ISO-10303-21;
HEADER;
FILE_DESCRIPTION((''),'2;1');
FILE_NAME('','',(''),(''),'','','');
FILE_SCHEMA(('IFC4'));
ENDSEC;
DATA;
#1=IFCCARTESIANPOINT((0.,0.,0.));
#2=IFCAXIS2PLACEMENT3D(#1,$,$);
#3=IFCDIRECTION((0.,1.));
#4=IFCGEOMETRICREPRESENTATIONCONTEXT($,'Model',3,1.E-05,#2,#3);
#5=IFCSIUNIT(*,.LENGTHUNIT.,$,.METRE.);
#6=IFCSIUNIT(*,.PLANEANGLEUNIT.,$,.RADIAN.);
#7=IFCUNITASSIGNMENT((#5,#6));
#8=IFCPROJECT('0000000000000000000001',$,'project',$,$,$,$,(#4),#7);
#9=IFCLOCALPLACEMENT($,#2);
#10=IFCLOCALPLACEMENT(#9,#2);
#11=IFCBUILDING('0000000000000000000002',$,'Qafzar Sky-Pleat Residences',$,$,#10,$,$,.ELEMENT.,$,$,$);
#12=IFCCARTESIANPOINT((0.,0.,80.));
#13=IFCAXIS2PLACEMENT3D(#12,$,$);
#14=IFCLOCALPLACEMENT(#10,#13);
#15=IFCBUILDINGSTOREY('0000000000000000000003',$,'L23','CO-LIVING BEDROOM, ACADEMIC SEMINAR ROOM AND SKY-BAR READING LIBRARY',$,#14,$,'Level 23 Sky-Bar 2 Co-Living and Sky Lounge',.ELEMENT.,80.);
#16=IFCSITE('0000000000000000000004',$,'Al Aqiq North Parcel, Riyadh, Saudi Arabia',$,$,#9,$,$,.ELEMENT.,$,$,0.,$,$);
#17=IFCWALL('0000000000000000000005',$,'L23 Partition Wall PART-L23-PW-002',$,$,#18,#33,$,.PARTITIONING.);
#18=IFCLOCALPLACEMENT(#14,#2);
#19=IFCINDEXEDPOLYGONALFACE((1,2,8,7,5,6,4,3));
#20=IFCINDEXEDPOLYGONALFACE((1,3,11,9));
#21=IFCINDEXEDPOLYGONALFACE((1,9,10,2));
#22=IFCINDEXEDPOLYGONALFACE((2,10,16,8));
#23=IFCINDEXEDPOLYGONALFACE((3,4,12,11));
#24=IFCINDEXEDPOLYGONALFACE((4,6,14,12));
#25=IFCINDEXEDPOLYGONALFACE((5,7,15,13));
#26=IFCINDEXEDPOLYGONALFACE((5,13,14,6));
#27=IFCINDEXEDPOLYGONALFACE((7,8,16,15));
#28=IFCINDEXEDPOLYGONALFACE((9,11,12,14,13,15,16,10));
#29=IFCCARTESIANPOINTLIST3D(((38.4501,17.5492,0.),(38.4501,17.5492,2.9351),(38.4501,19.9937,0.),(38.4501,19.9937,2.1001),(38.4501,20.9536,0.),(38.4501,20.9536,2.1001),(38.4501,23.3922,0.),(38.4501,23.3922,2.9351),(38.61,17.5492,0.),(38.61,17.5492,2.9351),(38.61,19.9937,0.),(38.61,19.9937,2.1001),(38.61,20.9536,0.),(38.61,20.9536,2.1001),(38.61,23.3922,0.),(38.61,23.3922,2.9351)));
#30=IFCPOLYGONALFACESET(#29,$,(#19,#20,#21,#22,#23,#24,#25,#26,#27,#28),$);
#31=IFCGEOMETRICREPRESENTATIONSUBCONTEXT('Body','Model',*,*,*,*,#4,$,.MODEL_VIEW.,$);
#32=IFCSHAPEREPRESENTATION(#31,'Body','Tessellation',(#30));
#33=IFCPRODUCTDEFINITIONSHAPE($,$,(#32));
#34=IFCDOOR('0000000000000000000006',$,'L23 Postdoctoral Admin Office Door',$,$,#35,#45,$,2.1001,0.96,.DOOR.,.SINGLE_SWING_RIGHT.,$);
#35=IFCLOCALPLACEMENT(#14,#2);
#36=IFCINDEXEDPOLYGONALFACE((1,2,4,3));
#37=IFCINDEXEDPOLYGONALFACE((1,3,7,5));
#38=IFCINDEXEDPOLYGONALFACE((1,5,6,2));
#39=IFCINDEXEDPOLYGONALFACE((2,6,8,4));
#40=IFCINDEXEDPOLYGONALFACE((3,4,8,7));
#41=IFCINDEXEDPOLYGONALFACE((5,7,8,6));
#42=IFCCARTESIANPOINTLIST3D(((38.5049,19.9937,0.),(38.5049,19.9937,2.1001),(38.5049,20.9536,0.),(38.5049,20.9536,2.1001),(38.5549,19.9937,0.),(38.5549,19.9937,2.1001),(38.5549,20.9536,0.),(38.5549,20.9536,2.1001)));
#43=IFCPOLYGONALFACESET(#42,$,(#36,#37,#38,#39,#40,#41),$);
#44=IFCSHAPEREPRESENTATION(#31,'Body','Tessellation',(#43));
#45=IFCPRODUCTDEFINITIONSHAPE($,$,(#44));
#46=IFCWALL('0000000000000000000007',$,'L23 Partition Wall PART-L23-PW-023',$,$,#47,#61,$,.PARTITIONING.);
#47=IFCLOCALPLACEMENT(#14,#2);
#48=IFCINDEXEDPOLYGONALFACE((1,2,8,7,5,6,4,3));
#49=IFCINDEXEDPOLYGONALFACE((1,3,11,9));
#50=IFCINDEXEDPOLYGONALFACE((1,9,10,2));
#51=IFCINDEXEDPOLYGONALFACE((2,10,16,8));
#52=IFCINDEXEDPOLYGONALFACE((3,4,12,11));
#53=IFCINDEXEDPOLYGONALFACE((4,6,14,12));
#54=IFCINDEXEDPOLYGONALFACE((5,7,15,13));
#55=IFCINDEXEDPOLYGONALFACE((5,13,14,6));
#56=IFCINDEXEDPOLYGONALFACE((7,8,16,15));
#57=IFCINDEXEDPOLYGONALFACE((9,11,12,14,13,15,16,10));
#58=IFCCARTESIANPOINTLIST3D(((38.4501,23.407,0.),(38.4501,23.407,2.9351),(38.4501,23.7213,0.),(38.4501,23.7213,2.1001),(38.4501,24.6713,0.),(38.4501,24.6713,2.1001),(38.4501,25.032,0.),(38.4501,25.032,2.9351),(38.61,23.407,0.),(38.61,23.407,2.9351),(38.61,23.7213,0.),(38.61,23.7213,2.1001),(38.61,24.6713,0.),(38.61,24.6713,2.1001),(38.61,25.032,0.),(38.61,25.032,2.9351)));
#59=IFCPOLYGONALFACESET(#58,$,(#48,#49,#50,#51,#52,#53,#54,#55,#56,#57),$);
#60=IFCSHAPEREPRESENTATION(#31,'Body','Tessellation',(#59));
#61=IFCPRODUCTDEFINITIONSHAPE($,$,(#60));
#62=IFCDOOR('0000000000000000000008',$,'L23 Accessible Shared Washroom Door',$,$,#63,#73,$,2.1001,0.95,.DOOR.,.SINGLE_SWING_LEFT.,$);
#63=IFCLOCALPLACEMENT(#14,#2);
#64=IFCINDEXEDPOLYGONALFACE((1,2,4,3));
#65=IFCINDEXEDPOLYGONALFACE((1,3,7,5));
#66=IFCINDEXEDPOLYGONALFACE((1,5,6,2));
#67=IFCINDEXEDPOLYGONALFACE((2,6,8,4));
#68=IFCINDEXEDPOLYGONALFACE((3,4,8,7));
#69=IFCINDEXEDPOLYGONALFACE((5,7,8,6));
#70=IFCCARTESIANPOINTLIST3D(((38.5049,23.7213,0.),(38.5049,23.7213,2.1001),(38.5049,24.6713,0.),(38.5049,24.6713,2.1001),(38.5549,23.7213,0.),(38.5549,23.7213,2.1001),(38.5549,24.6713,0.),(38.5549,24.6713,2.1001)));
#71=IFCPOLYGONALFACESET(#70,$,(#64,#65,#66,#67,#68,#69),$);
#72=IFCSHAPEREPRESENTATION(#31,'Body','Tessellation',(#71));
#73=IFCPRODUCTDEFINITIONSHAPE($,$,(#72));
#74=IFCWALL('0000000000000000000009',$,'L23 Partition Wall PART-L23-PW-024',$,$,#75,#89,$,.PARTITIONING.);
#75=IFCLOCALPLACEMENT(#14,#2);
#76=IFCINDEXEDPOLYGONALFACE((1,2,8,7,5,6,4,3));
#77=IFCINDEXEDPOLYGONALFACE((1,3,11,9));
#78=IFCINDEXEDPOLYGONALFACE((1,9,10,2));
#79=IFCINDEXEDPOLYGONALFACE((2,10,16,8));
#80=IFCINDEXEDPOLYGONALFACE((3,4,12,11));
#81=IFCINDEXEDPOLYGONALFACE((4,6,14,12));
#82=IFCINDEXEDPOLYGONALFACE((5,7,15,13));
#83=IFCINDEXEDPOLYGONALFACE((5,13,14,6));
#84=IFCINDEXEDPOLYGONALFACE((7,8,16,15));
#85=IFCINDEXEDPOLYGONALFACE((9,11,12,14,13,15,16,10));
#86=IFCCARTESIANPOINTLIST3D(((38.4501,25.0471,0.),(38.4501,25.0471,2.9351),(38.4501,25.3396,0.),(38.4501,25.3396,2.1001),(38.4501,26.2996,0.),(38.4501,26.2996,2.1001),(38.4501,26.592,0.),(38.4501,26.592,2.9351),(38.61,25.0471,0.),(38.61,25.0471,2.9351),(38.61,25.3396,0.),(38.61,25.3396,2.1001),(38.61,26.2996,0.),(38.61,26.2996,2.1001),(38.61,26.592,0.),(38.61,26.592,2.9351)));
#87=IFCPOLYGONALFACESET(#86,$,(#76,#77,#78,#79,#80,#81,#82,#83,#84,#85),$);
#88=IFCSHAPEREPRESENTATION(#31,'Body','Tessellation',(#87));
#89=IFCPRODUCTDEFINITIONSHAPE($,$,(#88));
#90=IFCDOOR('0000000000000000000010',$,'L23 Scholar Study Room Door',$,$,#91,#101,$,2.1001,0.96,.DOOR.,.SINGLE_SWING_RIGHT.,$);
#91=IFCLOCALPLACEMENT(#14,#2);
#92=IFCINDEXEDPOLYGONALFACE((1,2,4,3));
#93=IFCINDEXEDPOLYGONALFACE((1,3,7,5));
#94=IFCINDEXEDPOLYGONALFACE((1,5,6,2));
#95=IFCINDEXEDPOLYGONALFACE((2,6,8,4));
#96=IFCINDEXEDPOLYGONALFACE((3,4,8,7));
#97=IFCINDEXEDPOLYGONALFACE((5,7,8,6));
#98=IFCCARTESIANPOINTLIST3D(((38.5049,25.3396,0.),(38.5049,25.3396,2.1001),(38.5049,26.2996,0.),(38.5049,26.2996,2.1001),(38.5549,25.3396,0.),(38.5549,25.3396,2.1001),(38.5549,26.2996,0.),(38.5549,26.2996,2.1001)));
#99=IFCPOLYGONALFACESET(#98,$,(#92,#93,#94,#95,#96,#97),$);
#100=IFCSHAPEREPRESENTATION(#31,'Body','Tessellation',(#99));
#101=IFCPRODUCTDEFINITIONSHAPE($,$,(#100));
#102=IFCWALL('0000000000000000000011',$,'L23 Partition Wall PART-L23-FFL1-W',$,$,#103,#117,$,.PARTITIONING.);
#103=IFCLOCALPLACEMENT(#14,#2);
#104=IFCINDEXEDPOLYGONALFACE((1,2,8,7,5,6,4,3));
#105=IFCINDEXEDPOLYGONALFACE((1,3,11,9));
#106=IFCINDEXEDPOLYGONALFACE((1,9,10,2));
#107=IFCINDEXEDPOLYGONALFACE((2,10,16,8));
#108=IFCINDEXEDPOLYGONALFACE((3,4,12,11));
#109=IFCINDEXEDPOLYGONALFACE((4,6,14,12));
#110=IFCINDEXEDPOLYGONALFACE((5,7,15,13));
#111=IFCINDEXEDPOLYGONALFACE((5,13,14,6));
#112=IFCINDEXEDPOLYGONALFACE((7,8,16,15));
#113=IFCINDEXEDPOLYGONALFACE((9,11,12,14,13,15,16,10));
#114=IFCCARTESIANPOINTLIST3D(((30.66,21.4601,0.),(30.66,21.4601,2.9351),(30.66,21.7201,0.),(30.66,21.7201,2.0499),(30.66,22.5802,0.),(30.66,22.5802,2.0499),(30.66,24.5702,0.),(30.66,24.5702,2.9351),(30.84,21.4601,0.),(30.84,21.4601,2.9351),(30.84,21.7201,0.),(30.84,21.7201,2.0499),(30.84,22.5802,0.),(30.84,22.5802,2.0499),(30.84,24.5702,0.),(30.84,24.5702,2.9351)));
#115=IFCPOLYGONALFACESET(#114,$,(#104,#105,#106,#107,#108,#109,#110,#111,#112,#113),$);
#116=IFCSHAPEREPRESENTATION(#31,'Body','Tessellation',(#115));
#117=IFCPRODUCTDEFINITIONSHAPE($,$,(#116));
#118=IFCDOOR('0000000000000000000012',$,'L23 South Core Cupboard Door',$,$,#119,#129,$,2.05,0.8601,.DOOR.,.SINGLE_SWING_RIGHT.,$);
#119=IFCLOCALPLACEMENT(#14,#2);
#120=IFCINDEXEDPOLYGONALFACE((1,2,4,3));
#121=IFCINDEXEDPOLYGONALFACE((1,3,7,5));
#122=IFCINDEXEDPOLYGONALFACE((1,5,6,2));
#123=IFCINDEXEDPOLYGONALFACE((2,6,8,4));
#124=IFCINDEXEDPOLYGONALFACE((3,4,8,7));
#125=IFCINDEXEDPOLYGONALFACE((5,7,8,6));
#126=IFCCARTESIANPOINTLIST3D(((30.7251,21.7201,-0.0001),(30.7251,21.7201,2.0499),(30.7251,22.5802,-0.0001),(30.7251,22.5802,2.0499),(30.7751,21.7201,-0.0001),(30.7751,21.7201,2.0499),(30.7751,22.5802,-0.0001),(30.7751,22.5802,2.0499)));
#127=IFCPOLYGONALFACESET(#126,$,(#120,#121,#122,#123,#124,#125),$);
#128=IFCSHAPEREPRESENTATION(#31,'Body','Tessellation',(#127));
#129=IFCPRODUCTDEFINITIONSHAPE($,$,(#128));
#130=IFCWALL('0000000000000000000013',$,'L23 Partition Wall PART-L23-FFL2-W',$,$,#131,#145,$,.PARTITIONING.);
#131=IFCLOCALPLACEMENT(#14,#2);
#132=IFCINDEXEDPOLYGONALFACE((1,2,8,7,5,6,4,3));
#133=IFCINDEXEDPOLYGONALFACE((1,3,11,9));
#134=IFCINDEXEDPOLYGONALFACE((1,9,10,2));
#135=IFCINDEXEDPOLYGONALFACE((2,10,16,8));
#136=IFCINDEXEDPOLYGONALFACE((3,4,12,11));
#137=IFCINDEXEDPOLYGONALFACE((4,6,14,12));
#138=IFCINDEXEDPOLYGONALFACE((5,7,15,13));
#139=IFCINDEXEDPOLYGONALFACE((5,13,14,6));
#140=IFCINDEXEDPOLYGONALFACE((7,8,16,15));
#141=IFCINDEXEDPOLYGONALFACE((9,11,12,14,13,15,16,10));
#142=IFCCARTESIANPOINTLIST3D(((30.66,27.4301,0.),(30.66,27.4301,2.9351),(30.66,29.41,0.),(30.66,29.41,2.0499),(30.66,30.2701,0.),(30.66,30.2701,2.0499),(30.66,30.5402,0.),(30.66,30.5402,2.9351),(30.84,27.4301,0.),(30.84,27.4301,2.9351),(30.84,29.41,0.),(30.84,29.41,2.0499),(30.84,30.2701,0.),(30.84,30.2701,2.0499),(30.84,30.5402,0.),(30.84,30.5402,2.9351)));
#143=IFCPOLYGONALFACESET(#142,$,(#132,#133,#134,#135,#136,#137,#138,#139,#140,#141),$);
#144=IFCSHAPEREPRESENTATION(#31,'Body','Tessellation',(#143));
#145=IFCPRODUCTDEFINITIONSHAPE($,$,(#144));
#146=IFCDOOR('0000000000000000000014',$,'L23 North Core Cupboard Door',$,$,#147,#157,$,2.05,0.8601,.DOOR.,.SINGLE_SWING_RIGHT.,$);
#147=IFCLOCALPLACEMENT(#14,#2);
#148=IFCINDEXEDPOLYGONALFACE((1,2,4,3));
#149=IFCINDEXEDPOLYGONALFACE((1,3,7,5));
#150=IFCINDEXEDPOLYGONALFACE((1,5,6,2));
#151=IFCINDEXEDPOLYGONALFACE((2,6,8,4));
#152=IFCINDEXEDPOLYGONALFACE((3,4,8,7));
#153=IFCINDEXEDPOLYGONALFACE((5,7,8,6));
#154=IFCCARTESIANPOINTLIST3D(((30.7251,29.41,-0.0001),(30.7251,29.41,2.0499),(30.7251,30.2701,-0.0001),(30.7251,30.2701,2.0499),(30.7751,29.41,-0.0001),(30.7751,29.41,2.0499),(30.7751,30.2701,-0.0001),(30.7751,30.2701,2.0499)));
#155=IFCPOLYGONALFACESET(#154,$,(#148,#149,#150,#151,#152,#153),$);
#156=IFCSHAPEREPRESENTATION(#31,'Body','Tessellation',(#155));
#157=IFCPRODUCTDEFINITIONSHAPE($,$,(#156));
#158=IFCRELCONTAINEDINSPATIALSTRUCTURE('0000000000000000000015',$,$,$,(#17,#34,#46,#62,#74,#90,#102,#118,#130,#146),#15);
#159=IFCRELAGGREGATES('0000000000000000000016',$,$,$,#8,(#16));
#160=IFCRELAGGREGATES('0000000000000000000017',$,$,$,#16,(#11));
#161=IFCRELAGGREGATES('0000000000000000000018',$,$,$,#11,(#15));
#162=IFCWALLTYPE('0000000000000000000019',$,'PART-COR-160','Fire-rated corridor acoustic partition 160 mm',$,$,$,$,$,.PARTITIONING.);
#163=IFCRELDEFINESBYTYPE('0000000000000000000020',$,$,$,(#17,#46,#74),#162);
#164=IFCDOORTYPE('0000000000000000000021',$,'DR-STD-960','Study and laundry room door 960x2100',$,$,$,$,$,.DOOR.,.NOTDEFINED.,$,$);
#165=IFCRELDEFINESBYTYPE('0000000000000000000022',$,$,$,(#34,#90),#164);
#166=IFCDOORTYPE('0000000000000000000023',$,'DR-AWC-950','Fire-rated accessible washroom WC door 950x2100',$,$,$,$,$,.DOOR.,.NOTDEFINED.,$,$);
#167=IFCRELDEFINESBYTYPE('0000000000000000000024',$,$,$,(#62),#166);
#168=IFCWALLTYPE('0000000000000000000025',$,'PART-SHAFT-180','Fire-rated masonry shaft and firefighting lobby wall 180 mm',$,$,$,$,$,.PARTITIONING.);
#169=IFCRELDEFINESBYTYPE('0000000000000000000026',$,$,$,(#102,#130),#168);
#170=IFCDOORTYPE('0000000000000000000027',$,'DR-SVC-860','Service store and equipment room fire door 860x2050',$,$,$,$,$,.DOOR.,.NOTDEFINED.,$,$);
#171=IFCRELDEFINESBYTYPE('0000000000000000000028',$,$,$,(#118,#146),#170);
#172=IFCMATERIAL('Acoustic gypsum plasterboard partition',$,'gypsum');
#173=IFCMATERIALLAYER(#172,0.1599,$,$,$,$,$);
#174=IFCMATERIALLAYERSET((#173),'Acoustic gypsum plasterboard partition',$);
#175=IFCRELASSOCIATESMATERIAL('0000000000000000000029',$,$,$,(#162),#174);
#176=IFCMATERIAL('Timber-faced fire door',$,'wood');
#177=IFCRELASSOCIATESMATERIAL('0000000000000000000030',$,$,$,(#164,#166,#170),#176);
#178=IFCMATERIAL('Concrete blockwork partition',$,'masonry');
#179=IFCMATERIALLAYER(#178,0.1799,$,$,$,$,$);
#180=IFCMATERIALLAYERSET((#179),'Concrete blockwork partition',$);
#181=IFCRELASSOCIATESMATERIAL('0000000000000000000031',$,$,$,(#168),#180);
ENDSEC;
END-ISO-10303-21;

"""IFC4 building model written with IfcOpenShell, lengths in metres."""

from ifc_helpers import new_model, si_unit, direction, frame, frame_2d, origin, place, context, subcontext, project, spatial, rectangle, extrude, source, transform, mapped, material, layer, layer_set, type_object, element, fill, save


model = new_model("IFC4")

# Units and contexts
model_context = context("Model", 3, precision=1e-05, world=origin(), true_north=direction((0.0, 1.0)))
body_context = subcontext(model_context, "Body", "Model", "MODEL_VIEW")
ifc_project = project(units=[si_unit("LENGTHUNIT", "METRE"), si_unit("PLANEANGLEUNIT", "RADIAN")], contexts=[model_context])

# Site, building, storey
site_placement = place(None, origin())
site = spatial("IfcSite", under=ifc_project, at=site_placement, Name="Al Aqiq North Parcel, Riyadh, Saudi Arabia", CompositionType="ELEMENT", RefElevation=0.0)
building_placement = place(site_placement, origin())
building = spatial("IfcBuilding", under=site, at=building_placement, Name="Qafzar Sky-Pleat Residences", CompositionType="ELEMENT")
storey_placement = place(building_placement, frame((0.0, 0.0, 80.0)))
storey = spatial("IfcBuildingStorey", under=building, at=storey_placement, Name="L23", Description="CO-LIVING BEDROOM, ACADEMIC SEMINAR ROOM AND SKY-BAR READING LIBRARY", LongName="Level 23 Sky-Bar 2 Co-Living and Sky Lounge", CompositionType="ELEMENT", Elevation=80.0)

# Walls, openings, doors
ifc_material_1 = material(Name="Acoustic gypsum plasterboard partition", Category="gypsum")
ifc_layer_1 = layer(ifc_material_1, 0.1599)
ifc_layer_set_1 = layer_set([ifc_layer_1], Name="Acoustic gypsum plasterboard partition")
wall_type_1 = type_object("IfcWallType", Name="PART-COR-160", Description="Fire-rated corridor acoustic partition 160 mm", PredefinedType="PARTITIONING", material=ifc_layer_set_1)
wall_1_placement = place(storey_placement, frame((38.53, 23.3921, 0.0), z_axis=(0.0, 0.0, 1.0), x_axis=(0.0, -1.0, 0.0)))
wall_1 = element("IfcWall", 1, at=wall_1_placement, inside=storey, type_object=wall_type_1, Name="L23 Partition Wall PART-L23-PW-002", PredefinedType="PARTITIONING", context=body_context, shape_type="SweptSolid", body=[
    extrude(rectangle(XDim=5.843, YDim=0.1599, at=frame_2d((2.9214, 0.0))), origin(), (0.0, 0.0, 1.0), 2.9351),
])
opening_1_placement = place(wall_1_placement, frame((2.4385, 0.0, 0.0)))
opening_1 = element("IfcOpeningElement", 2, at=opening_1_placement, cuts=wall_1, PredefinedType="OPENING", context=body_context, shape_type="SweptSolid", body=[
    extrude(rectangle(XDim=0.96, YDim=2.1001, at=frame_2d((0.48, 1.05))), frame((0.0, 0.0898, 0.0), z_axis=(0.0, -1.0, 0.0), x_axis=(1.0, 0.0, 0.0)), (0.0, 0.0, 1.0), 0.1799),
])
ifc_material_2 = material(Name="Timber-faced fire door", Category="wood")
door_type_1 = type_object("IfcDoorType", Name="DR-STD-960", Description="Study and laundry room door 960x2100", OperationType="NOTDEFINED", PredefinedType="DOOR", material=ifc_material_2)
shared_shape_1 = source(origin(), body_context, "Body", "SweptSolid", [
    extrude(rectangle(XDim=0.96, YDim=2.1001, at=frame_2d((0.48, 1.05))), frame((0.0, 0.0249, 0.0), z_axis=(0.0, -1.0, 0.0), x_axis=(1.0, 0.0, 0.0)), (0.0, 0.0, 1.0), 0.05),
])
door_1_placement = place(opening_1_placement, origin())
door_1 = element("IfcDoor", 3, at=door_1_placement, inside=storey, type_object=door_type_1, Name="L23 Postdoctoral Admin Office Door", OperationType="SINGLE_SWING_RIGHT", OverallHeight=2.1001, OverallWidth=0.96, PredefinedType="DOOR", context=body_context, shape_type="MappedRepresentation", body=[
    mapped(shared_shape_1, transform((0.0, 0.0, 0.0), x_axis=(1.0, 0.0, 0.0), y_axis=(0.0, 1.0, 0.0), z_axis=(0.0, 0.0, 1.0), scale=1.0)),
])
fill(opening_1, door_1)
wall_2_placement = place(storey_placement, frame((38.53, 25.032, 0.0), z_axis=(0.0, 0.0, 1.0), x_axis=(0.0, -1.0, 0.0)))
wall_2 = element("IfcWall", 4, at=wall_2_placement, inside=storey, type_object=wall_type_1, Name="L23 Partition Wall PART-L23-PW-023", PredefinedType="PARTITIONING", context=body_context, shape_type="SweptSolid", body=[
    extrude(rectangle(XDim=1.625, YDim=0.1599, at=frame_2d((0.8125, 0.0))), origin(), (0.0, 0.0, 1.0), 2.9351),
])
opening_2_placement = place(wall_2_placement, frame((0.3606, 0.0, 0.0)))
opening_2 = element("IfcOpeningElement", 5, at=opening_2_placement, cuts=wall_2, PredefinedType="OPENING", context=body_context, shape_type="SweptSolid", body=[
    extrude(rectangle(XDim=0.95, YDim=2.1001, at=frame_2d((0.4751, 1.05))), frame((0.0, 0.0898, 0.0), z_axis=(0.0, -1.0, 0.0), x_axis=(1.0, 0.0, 0.0)), (0.0, 0.0, 1.0), 0.1799),
])
door_type_2 = type_object("IfcDoorType", Name="DR-AWC-950", Description="Fire-rated accessible washroom WC door 950x2100", OperationType="NOTDEFINED", PredefinedType="DOOR", material=ifc_material_2)
shared_shape_2 = source(origin(), body_context, "Body", "SweptSolid", [
    extrude(rectangle(XDim=0.95, YDim=2.1001, at=frame_2d((0.4751, 1.05))), frame((0.0, 0.0249, 0.0), z_axis=(0.0, -1.0, 0.0), x_axis=(1.0, 0.0, 0.0)), (0.0, 0.0, 1.0), 0.05),
])
door_2_placement = place(opening_2_placement, origin())
door_2 = element("IfcDoor", 6, at=door_2_placement, inside=storey, type_object=door_type_2, Name="L23 Accessible Shared Washroom Door", OperationType="SINGLE_SWING_LEFT", OverallHeight=2.1001, OverallWidth=0.95, PredefinedType="DOOR", context=body_context, shape_type="MappedRepresentation", body=[
    mapped(shared_shape_2, transform((0.0, 0.0, 0.0), x_axis=(1.0, 0.0, 0.0), y_axis=(0.0, 1.0, 0.0), z_axis=(0.0, 0.0, 1.0), scale=1.0)),
])
fill(opening_2, door_2)
wall_3_placement = place(storey_placement, frame((38.53, 26.592, 0.0), z_axis=(0.0, 0.0, 1.0), x_axis=(0.0, -1.0, 0.0)))
wall_3 = element("IfcWall", 7, at=wall_3_placement, inside=storey, type_object=wall_type_1, Name="L23 Partition Wall PART-L23-PW-024", PredefinedType="PARTITIONING", context=body_context, shape_type="SweptSolid", body=[
    extrude(rectangle(XDim=1.5449, YDim=0.1599, at=frame_2d((0.7725, 0.0))), origin(), (0.0, 0.0, 1.0), 2.9351),
])
opening_3_placement = place(wall_3_placement, frame((0.2925, 0.0, 0.0)))
opening_3 = element("IfcOpeningElement", 8, at=opening_3_placement, cuts=wall_3, PredefinedType="OPENING", context=body_context, shape_type="SweptSolid", body=[
    extrude(rectangle(XDim=0.96, YDim=2.1001, at=frame_2d((0.48, 1.05))), frame((0.0, 0.0898, 0.0), z_axis=(0.0, -1.0, 0.0), x_axis=(1.0, 0.0, 0.0)), (0.0, 0.0, 1.0), 0.1799),
])
door_3_placement = place(opening_3_placement, origin())
door_3 = element("IfcDoor", 9, at=door_3_placement, inside=storey, type_object=door_type_1, Name="L23 Scholar Study Room Door", OperationType="SINGLE_SWING_RIGHT", OverallHeight=2.1001, OverallWidth=0.96, PredefinedType="DOOR", context=body_context, shape_type="MappedRepresentation", body=[
    mapped(shared_shape_1, transform((0.0, 0.0, 0.0), x_axis=(1.0, 0.0, 0.0), y_axis=(0.0, 1.0, 0.0), z_axis=(0.0, 0.0, 1.0), scale=1.0)),
])
fill(opening_3, door_3)
ifc_material_3 = material(Name="Concrete blockwork partition", Category="masonry")
ifc_layer_2 = layer(ifc_material_3, 0.1799)
ifc_layer_set_2 = layer_set([ifc_layer_2], Name="Concrete blockwork partition")
wall_type_2 = type_object("IfcWallType", Name="PART-SHAFT-180", Description="Fire-rated masonry shaft and firefighting lobby wall 180 mm", PredefinedType="PARTITIONING", material=ifc_layer_set_2)
wall_4_placement = place(storey_placement, frame((30.75, 21.46, 0.0), z_axis=(0.0, 0.0, 1.0), x_axis=(0.0, 1.0, 0.0)))
wall_4 = element("IfcWall", 10, at=wall_4_placement, inside=storey, type_object=wall_type_2, Name="L23 Partition Wall PART-L23-FFL1-W", PredefinedType="PARTITIONING", context=body_context, shape_type="SweptSolid", body=[
    extrude(rectangle(XDim=3.1101, YDim=0.1799, at=frame_2d((1.5552, 0.0))), origin(), (0.0, 0.0, 1.0), 2.9351),
])
opening_4_placement = place(wall_4_placement, frame((0.26, 0.0, 0.0)))
opening_4 = element("IfcOpeningElement", 11, at=opening_4_placement, cuts=wall_4, PredefinedType="OPENING", context=body_context, shape_type="SweptSolid", body=[
    extrude(rectangle(XDim=0.8601, YDim=2.05, at=frame_2d((0.4302, 1.0249))), frame((0.0, 0.1001, 0.0), z_axis=(0.0, -1.0, 0.0), x_axis=(1.0, 0.0, 0.0)), (0.0, 0.0, 1.0), 0.2),
])
door_type_3 = type_object("IfcDoorType", Name="DR-SVC-860", Description="Service store and equipment room fire door 860x2050", OperationType="NOTDEFINED", PredefinedType="DOOR", material=ifc_material_2)
shared_shape_3 = source(origin(), body_context, "Body", "SweptSolid", [
    extrude(rectangle(XDim=0.8601, YDim=2.05, at=frame_2d((0.4302, 1.0249))), frame((0.0, 0.0249, 0.0), z_axis=(0.0, -1.0, 0.0), x_axis=(1.0, 0.0, 0.0)), (0.0, 0.0, 1.0), 0.05),
])
door_4_placement = place(opening_4_placement, origin())
door_4 = element("IfcDoor", 12, at=door_4_placement, inside=storey, type_object=door_type_3, Name="L23 South Core Cupboard Door", OperationType="SINGLE_SWING_RIGHT", OverallHeight=2.05, OverallWidth=0.8601, PredefinedType="DOOR", context=body_context, shape_type="MappedRepresentation", body=[
    mapped(shared_shape_3, transform((0.0, 0.0, 0.0), x_axis=(1.0, 0.0, 0.0), y_axis=(0.0, 1.0, 0.0), z_axis=(0.0, 0.0, 1.0), scale=1.0)),
])
fill(opening_4, door_4)
wall_5_placement = place(storey_placement, frame((30.75, 27.4299, 0.0), z_axis=(0.0, 0.0, 1.0), x_axis=(0.0, 1.0, 0.0)))
wall_5 = element("IfcWall", 13, at=wall_5_placement, inside=storey, type_object=wall_type_2, Name="L23 Partition Wall PART-L23-FFL2-W", PredefinedType="PARTITIONING", context=body_context, shape_type="SweptSolid", body=[
    extrude(rectangle(XDim=3.1101, YDim=0.1799, at=frame_2d((1.5552, 0.0))), origin(), (0.0, 0.0, 1.0), 2.9351),
])
opening_5_placement = place(wall_5_placement, frame((1.98, 0.0, 0.0)))
opening_5 = element("IfcOpeningElement", 14, at=opening_5_placement, cuts=wall_5, PredefinedType="OPENING", context=body_context, shape_type="SweptSolid", body=[
    extrude(rectangle(XDim=0.8601, YDim=2.05, at=frame_2d((0.4302, 1.0249))), frame((0.0, 0.1001, 0.0), z_axis=(0.0, -1.0, 0.0), x_axis=(1.0, 0.0, 0.0)), (0.0, 0.0, 1.0), 0.2),
])
door_5_placement = place(opening_5_placement, origin())
door_5 = element("IfcDoor", 15, at=door_5_placement, inside=storey, type_object=door_type_3, Name="L23 North Core Cupboard Door", OperationType="SINGLE_SWING_RIGHT", OverallHeight=2.05, OverallWidth=0.8601, PredefinedType="DOOR", context=body_context, shape_type="MappedRepresentation", body=[
    mapped(shared_shape_3, transform((0.0, 0.0, 0.0), x_axis=(1.0, 0.0, 0.0), y_axis=(0.0, 1.0, 0.0), z_axis=(0.0, 0.0, 1.0), scale=1.0)),
])
fill(opening_5, door_5)

save(model, "model.ifc")
